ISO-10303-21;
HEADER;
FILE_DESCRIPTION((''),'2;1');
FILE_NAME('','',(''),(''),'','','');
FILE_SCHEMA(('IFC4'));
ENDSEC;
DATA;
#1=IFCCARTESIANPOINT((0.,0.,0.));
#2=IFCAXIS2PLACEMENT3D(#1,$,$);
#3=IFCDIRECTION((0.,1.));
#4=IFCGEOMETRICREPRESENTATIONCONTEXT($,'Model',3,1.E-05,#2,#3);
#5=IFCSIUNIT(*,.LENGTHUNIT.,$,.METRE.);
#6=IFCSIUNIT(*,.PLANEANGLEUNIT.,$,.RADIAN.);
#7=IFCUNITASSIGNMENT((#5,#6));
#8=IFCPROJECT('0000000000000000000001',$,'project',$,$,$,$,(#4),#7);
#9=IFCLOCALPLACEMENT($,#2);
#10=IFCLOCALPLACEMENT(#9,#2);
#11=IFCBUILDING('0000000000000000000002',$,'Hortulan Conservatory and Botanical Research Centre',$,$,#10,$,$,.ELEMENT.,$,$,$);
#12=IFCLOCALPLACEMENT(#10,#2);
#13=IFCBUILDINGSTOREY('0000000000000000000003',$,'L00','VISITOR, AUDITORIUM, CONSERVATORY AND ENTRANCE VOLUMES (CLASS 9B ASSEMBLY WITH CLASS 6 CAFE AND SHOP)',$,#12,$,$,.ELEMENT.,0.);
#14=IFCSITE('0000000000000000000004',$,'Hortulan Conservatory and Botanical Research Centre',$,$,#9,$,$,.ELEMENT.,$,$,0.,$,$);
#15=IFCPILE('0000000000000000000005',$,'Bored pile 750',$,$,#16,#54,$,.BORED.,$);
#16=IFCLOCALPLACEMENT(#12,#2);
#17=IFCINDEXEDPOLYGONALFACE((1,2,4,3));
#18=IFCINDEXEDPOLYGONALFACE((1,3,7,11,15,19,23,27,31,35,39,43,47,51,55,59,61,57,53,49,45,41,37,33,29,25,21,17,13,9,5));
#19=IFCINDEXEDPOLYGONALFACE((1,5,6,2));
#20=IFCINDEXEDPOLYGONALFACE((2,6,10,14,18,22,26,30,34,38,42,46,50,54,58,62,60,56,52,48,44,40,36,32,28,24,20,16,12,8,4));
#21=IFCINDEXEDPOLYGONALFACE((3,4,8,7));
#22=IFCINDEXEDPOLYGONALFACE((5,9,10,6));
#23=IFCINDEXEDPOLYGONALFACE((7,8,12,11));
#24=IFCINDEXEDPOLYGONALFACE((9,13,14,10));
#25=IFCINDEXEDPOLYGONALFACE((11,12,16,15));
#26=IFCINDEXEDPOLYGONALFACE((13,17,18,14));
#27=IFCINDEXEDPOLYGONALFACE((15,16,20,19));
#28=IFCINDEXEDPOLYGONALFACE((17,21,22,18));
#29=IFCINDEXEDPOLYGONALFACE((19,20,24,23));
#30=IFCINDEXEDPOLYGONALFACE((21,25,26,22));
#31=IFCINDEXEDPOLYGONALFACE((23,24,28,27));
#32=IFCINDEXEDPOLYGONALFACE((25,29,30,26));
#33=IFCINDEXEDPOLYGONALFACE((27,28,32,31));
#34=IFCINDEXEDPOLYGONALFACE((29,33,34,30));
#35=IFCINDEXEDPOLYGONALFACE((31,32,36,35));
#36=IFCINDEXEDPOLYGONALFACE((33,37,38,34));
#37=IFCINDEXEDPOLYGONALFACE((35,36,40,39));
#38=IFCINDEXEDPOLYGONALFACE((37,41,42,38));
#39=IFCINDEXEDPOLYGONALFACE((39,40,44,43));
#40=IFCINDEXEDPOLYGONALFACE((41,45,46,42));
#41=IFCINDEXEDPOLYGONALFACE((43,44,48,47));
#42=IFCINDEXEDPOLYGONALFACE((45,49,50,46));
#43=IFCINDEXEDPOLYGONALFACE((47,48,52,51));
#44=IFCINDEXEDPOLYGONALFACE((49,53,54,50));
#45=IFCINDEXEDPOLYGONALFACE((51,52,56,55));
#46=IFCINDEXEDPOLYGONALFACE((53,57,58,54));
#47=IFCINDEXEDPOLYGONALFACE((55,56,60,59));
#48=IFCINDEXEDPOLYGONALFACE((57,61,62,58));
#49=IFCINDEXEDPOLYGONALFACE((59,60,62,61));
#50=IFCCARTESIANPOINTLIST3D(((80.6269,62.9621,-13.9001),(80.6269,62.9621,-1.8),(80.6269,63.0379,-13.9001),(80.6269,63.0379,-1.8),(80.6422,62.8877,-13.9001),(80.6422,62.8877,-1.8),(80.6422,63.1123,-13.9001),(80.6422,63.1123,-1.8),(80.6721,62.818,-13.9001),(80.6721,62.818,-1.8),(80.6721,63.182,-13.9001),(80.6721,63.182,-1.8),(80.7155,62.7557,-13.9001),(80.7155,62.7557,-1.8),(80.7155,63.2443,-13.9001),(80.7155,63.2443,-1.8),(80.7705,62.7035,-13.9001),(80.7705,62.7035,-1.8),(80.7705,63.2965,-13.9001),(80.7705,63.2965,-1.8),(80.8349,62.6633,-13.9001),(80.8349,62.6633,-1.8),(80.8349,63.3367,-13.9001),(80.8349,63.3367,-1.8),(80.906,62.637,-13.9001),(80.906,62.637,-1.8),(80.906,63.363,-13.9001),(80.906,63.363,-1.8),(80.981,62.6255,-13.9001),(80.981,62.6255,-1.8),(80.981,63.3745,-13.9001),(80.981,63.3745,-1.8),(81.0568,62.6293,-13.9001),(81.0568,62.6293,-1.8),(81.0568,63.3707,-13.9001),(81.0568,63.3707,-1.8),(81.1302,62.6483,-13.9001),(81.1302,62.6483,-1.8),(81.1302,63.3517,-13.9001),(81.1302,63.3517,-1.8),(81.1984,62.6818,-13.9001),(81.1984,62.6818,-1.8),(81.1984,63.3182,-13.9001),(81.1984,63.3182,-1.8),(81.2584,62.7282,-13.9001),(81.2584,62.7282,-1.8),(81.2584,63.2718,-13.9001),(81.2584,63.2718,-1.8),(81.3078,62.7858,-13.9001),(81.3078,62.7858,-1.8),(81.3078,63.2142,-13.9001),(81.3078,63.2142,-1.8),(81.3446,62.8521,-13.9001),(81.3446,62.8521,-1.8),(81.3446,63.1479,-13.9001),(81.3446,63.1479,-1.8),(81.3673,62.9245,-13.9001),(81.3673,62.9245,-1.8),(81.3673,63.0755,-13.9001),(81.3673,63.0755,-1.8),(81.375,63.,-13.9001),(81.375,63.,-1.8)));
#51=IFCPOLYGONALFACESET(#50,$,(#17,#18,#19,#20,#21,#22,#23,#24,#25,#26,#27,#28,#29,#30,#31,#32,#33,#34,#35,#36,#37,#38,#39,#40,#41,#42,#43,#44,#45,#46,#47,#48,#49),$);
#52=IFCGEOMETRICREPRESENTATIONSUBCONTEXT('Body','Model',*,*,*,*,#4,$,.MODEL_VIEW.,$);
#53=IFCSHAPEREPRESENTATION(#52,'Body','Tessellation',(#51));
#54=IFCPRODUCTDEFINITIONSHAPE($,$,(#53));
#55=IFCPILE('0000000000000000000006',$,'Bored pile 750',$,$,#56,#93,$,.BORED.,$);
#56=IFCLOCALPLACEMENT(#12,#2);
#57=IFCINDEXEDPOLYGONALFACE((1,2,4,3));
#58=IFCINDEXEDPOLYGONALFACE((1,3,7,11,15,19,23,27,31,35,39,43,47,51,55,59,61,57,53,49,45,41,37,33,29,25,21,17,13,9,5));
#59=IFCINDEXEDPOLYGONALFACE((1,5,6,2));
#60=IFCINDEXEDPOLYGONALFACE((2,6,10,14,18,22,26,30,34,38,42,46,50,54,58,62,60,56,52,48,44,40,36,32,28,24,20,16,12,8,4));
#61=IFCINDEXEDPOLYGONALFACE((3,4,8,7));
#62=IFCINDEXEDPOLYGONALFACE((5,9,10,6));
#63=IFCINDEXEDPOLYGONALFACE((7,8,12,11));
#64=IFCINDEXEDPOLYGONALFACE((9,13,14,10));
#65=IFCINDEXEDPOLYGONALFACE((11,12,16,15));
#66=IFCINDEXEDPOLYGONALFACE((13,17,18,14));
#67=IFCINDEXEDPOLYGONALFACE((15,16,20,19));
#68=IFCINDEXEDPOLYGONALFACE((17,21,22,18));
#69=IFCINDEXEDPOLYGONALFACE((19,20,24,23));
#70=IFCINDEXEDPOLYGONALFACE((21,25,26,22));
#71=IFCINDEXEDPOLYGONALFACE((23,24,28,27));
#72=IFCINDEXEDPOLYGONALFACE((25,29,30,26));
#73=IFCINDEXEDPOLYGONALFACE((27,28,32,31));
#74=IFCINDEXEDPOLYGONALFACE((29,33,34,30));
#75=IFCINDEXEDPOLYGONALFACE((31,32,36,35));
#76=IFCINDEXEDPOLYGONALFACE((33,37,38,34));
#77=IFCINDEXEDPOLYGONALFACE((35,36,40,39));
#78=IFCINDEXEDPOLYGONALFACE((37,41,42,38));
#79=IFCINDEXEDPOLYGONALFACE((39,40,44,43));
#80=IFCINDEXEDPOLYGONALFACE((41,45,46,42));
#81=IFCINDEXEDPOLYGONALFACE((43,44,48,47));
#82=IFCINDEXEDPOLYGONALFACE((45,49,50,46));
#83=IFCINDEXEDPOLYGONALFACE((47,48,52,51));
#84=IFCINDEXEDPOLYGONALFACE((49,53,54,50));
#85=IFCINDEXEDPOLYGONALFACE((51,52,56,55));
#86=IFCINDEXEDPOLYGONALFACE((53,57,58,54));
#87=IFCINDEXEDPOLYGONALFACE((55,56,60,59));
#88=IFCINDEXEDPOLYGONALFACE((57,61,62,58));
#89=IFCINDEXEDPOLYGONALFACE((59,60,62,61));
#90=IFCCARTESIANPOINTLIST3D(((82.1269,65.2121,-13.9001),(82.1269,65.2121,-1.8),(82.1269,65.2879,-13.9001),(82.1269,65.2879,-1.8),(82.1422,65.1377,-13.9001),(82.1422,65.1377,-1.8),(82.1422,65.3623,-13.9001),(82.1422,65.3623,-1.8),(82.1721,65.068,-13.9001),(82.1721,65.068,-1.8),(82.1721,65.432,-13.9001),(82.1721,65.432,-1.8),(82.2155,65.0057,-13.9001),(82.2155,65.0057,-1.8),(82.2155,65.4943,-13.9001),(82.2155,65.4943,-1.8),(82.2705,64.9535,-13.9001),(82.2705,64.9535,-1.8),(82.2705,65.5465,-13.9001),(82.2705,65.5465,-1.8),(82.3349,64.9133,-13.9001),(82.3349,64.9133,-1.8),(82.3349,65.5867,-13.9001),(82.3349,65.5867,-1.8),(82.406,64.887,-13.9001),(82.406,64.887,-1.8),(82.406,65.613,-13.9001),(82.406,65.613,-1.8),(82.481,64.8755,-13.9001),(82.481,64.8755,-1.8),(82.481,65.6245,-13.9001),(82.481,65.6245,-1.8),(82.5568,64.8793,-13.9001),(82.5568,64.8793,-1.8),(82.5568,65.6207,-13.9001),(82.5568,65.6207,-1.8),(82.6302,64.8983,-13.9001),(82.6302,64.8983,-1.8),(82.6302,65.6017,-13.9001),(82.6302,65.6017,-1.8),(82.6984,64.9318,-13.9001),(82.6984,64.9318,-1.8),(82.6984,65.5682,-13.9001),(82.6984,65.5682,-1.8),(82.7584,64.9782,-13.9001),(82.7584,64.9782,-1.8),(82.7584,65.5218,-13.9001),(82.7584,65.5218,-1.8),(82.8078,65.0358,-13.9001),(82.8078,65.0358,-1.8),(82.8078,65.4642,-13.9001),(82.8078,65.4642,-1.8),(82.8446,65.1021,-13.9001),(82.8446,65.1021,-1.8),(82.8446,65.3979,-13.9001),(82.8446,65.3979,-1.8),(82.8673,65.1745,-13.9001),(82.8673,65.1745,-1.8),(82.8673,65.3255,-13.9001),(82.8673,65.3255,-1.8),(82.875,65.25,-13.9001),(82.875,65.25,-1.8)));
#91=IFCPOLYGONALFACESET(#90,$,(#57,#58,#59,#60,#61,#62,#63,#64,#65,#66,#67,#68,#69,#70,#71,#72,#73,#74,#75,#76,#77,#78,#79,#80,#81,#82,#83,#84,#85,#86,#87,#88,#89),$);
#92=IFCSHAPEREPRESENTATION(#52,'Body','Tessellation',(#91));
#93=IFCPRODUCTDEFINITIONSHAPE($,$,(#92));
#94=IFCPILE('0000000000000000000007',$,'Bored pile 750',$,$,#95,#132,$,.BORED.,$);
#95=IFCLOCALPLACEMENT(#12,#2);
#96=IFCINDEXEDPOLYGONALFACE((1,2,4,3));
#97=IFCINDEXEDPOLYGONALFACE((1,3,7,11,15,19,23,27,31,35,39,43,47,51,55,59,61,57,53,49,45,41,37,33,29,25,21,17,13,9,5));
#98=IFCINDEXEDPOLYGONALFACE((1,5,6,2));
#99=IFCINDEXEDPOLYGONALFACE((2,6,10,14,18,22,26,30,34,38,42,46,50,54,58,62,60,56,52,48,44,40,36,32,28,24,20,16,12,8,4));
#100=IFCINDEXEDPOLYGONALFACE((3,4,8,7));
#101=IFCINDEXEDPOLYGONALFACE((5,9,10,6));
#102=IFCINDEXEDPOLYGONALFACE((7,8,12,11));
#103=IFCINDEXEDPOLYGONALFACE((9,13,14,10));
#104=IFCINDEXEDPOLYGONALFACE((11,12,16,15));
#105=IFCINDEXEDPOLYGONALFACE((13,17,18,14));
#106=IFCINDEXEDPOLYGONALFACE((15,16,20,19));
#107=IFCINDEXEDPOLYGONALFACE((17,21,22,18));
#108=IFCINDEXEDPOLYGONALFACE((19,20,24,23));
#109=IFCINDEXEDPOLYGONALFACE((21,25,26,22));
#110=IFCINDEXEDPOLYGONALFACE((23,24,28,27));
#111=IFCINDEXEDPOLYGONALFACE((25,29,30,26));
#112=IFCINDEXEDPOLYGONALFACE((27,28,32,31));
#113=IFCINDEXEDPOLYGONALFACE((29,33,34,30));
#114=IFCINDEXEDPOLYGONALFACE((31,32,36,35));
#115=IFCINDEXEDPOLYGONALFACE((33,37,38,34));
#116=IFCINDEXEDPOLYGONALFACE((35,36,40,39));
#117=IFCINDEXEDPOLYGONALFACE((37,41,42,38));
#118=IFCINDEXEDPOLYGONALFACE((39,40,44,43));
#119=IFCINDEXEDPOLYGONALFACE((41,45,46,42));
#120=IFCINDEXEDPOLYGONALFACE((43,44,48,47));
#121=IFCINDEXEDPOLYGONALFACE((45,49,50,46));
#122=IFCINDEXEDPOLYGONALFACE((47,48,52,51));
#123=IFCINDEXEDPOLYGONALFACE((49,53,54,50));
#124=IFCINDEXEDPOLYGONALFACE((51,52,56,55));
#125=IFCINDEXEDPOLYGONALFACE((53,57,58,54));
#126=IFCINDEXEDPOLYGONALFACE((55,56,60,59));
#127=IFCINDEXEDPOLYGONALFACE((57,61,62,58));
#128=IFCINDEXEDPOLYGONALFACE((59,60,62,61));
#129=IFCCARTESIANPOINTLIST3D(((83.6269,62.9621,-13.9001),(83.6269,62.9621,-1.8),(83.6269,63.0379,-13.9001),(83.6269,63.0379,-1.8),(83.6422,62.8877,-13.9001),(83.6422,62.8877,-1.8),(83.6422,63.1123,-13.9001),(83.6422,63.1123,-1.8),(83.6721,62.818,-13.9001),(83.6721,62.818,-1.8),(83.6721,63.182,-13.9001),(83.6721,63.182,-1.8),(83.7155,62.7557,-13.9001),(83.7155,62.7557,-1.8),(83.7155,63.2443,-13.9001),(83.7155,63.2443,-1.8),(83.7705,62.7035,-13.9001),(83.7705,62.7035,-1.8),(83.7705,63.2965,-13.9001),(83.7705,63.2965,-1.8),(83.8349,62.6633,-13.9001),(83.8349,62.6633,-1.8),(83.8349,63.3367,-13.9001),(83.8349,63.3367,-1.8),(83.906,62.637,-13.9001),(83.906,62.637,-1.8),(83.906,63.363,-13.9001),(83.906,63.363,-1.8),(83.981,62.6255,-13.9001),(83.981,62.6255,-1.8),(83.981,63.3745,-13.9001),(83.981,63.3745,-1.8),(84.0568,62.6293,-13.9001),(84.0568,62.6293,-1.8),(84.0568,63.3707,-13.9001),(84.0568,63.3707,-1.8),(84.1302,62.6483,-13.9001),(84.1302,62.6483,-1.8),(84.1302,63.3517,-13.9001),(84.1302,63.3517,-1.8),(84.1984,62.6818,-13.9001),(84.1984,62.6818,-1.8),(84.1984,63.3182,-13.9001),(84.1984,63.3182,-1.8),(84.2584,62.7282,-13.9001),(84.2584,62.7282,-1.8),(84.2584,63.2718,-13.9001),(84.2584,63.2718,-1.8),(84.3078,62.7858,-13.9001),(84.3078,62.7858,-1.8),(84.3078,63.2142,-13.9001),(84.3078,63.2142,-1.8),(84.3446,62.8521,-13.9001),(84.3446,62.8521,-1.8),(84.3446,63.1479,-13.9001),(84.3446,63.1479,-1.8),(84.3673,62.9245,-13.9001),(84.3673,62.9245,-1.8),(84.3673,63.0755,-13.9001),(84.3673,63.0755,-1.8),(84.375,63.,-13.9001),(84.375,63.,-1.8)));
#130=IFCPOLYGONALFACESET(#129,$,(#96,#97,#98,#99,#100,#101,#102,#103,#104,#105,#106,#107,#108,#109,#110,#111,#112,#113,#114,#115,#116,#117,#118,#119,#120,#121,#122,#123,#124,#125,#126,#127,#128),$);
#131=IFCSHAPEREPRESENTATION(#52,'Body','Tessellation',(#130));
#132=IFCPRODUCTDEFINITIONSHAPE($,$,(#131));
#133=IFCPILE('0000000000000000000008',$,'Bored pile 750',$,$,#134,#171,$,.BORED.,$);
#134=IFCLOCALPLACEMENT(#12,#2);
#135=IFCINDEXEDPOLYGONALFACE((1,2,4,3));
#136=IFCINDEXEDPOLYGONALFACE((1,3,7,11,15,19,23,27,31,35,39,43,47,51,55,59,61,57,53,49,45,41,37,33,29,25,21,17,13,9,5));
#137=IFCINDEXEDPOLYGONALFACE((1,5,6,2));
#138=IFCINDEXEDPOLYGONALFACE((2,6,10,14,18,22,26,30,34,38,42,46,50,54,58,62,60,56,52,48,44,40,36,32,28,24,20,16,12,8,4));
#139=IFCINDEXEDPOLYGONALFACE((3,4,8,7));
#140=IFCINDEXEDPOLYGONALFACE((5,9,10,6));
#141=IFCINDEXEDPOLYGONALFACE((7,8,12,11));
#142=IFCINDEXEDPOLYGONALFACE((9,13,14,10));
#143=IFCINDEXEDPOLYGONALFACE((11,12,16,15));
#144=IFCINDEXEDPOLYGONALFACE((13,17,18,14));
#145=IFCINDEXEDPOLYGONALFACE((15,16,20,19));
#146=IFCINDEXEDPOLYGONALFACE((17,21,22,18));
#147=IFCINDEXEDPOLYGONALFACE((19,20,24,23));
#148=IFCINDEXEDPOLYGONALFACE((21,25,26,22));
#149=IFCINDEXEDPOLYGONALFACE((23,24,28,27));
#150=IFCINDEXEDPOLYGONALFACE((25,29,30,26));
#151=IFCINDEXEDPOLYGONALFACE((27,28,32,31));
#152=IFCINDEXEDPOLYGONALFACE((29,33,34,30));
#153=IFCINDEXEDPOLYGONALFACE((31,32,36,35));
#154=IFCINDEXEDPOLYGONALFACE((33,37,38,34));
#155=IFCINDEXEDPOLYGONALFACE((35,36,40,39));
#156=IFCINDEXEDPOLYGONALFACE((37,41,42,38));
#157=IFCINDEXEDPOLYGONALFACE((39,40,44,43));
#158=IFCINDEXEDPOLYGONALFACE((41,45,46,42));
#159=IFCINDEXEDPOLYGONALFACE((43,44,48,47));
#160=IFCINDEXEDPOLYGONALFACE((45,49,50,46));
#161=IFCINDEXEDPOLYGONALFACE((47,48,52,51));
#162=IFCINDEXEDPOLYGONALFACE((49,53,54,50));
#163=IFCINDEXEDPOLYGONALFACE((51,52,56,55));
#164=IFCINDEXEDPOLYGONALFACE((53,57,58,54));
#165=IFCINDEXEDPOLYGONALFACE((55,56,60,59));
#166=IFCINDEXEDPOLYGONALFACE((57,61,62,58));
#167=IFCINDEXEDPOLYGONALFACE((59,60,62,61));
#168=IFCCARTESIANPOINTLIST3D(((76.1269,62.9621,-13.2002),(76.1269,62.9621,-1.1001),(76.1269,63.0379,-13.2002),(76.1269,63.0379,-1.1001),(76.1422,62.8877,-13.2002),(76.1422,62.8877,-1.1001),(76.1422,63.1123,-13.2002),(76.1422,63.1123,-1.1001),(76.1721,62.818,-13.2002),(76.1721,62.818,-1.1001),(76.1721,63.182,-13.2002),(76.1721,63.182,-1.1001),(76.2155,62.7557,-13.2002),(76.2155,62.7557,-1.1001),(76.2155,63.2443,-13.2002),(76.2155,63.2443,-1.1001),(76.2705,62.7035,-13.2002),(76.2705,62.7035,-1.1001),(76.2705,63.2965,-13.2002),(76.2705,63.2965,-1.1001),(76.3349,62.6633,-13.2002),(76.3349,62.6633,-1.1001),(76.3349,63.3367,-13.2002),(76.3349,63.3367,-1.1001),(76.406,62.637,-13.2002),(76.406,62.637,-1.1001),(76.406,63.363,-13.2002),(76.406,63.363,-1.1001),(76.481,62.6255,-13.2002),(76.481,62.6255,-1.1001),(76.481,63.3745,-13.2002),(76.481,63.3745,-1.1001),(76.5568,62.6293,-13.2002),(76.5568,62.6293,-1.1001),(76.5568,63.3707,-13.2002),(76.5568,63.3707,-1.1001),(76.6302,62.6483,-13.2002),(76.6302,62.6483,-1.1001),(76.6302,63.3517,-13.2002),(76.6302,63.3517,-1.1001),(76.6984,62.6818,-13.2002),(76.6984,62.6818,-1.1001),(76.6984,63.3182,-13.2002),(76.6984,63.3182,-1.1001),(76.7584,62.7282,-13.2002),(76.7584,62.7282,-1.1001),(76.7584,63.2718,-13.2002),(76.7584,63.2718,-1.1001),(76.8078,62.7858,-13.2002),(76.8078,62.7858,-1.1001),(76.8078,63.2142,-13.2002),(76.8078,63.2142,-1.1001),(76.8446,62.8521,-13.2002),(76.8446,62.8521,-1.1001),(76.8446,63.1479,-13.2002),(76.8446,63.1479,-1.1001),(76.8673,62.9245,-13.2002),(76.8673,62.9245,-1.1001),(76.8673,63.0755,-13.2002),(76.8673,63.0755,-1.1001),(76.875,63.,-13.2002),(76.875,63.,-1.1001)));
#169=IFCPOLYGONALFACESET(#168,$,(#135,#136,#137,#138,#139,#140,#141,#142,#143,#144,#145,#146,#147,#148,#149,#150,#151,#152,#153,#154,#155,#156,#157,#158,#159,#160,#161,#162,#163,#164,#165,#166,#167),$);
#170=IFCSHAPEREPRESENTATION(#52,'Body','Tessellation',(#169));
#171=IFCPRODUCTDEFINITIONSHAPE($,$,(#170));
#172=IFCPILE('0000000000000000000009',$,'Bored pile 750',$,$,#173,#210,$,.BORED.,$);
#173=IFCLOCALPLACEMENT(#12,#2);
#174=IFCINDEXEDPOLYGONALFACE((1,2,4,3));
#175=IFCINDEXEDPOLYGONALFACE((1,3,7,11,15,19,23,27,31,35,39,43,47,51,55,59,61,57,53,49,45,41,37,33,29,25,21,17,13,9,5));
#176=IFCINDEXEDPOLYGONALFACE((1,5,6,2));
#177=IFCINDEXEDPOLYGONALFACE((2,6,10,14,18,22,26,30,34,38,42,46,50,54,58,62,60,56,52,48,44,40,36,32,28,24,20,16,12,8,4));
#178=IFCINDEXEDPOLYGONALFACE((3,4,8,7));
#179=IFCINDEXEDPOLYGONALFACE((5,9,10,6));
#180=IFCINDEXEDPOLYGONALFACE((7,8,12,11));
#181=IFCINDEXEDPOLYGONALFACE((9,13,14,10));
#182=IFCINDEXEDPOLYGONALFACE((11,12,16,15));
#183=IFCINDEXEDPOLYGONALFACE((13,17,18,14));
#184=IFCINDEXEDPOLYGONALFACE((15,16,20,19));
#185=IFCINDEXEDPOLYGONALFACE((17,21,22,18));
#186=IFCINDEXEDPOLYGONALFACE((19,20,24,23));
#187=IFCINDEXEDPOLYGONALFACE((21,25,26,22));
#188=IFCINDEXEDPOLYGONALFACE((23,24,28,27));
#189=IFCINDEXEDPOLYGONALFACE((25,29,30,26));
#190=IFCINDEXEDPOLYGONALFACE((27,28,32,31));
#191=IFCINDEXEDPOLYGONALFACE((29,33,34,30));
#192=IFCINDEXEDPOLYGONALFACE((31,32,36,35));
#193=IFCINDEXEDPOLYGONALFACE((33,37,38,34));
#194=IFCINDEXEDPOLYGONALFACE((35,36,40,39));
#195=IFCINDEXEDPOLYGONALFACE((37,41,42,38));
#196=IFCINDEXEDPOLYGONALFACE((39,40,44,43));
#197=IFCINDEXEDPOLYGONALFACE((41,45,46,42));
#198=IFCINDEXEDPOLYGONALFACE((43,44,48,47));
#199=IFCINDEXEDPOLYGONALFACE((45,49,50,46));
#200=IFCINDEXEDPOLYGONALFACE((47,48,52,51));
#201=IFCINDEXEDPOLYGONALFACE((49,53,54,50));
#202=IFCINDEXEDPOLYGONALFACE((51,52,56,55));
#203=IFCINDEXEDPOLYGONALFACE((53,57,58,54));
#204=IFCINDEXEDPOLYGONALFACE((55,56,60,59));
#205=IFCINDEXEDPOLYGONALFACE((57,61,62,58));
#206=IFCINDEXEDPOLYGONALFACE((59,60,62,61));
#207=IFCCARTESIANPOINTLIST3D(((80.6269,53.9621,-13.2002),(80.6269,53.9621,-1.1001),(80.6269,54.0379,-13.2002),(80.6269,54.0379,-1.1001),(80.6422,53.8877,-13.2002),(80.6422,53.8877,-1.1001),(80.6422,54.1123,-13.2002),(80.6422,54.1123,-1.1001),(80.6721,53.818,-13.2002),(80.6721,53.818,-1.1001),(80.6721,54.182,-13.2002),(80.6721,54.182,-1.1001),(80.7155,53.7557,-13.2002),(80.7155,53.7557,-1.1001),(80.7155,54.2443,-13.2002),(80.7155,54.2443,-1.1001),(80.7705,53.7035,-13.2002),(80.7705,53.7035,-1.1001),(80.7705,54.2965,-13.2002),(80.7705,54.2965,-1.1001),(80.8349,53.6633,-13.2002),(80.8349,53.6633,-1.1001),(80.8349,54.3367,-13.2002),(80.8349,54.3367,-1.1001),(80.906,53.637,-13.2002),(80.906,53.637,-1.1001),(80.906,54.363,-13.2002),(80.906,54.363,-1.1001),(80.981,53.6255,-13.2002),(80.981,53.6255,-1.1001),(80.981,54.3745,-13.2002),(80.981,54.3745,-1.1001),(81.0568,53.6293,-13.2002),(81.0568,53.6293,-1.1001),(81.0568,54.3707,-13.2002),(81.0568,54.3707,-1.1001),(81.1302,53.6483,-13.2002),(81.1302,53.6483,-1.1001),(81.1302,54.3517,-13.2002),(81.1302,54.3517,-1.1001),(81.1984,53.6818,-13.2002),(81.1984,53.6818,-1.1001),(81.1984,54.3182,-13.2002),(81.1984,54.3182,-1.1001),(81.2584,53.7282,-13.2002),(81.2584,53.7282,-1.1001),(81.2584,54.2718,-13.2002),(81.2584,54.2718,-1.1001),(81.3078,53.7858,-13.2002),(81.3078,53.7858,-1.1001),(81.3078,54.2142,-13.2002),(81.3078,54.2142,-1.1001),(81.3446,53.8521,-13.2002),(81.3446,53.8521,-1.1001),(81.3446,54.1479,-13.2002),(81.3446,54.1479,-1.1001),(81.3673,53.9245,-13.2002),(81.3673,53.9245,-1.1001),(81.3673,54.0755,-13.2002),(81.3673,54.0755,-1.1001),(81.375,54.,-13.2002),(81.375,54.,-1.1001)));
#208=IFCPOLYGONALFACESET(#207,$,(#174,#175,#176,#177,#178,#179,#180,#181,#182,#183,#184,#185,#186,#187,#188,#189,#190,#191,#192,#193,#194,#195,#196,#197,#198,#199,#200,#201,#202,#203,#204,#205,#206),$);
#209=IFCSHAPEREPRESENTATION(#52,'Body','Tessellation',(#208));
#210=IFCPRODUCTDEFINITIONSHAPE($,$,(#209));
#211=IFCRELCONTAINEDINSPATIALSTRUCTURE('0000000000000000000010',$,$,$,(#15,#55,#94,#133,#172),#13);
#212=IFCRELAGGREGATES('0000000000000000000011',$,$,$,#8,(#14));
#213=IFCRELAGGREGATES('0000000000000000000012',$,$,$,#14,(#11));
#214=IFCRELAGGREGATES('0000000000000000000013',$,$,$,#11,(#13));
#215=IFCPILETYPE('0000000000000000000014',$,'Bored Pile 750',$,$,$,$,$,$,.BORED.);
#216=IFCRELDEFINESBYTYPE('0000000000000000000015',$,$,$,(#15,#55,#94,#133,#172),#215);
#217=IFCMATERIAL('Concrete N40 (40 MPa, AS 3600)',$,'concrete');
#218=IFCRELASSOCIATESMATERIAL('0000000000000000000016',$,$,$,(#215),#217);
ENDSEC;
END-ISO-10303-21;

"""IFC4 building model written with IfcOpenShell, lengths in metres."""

from ifc_helpers import new_model, si_unit, direction, frame, origin, origin_2d, place, context, subcontext, project, spatial, circle, extrude, material, material_profile, profile_set, type_object, element, save


model = new_model("IFC4")

# Units and contexts
model_context = context("Model", 3, precision=1e-05, world=origin(), true_north=direction((0.0, 1.0)))
body_context = subcontext(model_context, "Body", "Model", "MODEL_VIEW")
ifc_project = project(units=[si_unit("LENGTHUNIT", "METRE"), si_unit("PLANEANGLEUNIT", "RADIAN")], contexts=[model_context])

# Site, building, storey
site_placement = place(None, origin())
site = spatial("IfcSite", under=ifc_project, at=site_placement, Name="Hortulan Conservatory and Botanical Research Centre", CompositionType="ELEMENT", RefElevation=0.0)
building_placement = place(site_placement, origin())
building = spatial("IfcBuilding", under=site, at=building_placement, Name="Hortulan Conservatory and Botanical Research Centre", CompositionType="ELEMENT")
storey_placement = place(building_placement, origin())
storey = spatial("IfcBuildingStorey", under=building, at=storey_placement, Name="L00", Description="VISITOR, AUDITORIUM, CONSERVATORY AND ENTRANCE VOLUMES (CLASS 9B ASSEMBLY WITH CLASS 6 CAFE AND SHOP)", CompositionType="ELEMENT", Elevation=0.0)

# Piles
ifc_material_1 = material(Name="Concrete N40 (40 MPa, AS 3600)", Category="concrete")
ifc_material_profile_1 = material_profile(ifc_material_1, circle(Radius=0.375, at=origin_2d()), Name="Bored pile 750 diameter")
ifc_profile_set_1 = profile_set([ifc_material_profile_1], Name="Concrete N40 (40 MPa, AS 3600)")
pile_type = type_object("IfcPileType", Name="Bored Pile 750", PredefinedType="BORED", material=ifc_profile_set_1)
for number, where, z_axis, x_axis, name in (
    (1, (81.0, 63.0, -1.8), (0.0, 0.0, -1.0), (1.0, 0.0, 0.0), "Bored pile 750"),
    (2, (82.5, 65.25, -1.8), (0.0, 0.0, -1.0), (1.0, 0.0, 0.0), "Bored pile 750"),
    (3, (84.0, 63.0, -1.8), (0.0, 0.0, -1.0), (1.0, 0.0, 0.0), "Bored pile 750"),
    (4, (76.5, 63.0, -1.1001), (0.0, 0.0, -1.0), (1.0, 0.0, 0.0), "Bored pile 750"),
    (5, (81.0, 54.0, -1.1001), (0.0, 0.0, -1.0), (1.0, 0.0, 0.0), "Bored pile 750"),
):
    element("IfcPile", number, at=place(storey_placement, frame(where, z_axis=z_axis, x_axis=x_axis)), inside=storey, type_object=pile_type, Name=name, PredefinedType="BORED", context=body_context, shape_type="SweptSolid", body=[
        extrude(circle(Radius=0.375, at=origin_2d()), origin(), (0.0, 0.0, 1.0), 12.1001),
    ])

save(model, "model.ifc")
